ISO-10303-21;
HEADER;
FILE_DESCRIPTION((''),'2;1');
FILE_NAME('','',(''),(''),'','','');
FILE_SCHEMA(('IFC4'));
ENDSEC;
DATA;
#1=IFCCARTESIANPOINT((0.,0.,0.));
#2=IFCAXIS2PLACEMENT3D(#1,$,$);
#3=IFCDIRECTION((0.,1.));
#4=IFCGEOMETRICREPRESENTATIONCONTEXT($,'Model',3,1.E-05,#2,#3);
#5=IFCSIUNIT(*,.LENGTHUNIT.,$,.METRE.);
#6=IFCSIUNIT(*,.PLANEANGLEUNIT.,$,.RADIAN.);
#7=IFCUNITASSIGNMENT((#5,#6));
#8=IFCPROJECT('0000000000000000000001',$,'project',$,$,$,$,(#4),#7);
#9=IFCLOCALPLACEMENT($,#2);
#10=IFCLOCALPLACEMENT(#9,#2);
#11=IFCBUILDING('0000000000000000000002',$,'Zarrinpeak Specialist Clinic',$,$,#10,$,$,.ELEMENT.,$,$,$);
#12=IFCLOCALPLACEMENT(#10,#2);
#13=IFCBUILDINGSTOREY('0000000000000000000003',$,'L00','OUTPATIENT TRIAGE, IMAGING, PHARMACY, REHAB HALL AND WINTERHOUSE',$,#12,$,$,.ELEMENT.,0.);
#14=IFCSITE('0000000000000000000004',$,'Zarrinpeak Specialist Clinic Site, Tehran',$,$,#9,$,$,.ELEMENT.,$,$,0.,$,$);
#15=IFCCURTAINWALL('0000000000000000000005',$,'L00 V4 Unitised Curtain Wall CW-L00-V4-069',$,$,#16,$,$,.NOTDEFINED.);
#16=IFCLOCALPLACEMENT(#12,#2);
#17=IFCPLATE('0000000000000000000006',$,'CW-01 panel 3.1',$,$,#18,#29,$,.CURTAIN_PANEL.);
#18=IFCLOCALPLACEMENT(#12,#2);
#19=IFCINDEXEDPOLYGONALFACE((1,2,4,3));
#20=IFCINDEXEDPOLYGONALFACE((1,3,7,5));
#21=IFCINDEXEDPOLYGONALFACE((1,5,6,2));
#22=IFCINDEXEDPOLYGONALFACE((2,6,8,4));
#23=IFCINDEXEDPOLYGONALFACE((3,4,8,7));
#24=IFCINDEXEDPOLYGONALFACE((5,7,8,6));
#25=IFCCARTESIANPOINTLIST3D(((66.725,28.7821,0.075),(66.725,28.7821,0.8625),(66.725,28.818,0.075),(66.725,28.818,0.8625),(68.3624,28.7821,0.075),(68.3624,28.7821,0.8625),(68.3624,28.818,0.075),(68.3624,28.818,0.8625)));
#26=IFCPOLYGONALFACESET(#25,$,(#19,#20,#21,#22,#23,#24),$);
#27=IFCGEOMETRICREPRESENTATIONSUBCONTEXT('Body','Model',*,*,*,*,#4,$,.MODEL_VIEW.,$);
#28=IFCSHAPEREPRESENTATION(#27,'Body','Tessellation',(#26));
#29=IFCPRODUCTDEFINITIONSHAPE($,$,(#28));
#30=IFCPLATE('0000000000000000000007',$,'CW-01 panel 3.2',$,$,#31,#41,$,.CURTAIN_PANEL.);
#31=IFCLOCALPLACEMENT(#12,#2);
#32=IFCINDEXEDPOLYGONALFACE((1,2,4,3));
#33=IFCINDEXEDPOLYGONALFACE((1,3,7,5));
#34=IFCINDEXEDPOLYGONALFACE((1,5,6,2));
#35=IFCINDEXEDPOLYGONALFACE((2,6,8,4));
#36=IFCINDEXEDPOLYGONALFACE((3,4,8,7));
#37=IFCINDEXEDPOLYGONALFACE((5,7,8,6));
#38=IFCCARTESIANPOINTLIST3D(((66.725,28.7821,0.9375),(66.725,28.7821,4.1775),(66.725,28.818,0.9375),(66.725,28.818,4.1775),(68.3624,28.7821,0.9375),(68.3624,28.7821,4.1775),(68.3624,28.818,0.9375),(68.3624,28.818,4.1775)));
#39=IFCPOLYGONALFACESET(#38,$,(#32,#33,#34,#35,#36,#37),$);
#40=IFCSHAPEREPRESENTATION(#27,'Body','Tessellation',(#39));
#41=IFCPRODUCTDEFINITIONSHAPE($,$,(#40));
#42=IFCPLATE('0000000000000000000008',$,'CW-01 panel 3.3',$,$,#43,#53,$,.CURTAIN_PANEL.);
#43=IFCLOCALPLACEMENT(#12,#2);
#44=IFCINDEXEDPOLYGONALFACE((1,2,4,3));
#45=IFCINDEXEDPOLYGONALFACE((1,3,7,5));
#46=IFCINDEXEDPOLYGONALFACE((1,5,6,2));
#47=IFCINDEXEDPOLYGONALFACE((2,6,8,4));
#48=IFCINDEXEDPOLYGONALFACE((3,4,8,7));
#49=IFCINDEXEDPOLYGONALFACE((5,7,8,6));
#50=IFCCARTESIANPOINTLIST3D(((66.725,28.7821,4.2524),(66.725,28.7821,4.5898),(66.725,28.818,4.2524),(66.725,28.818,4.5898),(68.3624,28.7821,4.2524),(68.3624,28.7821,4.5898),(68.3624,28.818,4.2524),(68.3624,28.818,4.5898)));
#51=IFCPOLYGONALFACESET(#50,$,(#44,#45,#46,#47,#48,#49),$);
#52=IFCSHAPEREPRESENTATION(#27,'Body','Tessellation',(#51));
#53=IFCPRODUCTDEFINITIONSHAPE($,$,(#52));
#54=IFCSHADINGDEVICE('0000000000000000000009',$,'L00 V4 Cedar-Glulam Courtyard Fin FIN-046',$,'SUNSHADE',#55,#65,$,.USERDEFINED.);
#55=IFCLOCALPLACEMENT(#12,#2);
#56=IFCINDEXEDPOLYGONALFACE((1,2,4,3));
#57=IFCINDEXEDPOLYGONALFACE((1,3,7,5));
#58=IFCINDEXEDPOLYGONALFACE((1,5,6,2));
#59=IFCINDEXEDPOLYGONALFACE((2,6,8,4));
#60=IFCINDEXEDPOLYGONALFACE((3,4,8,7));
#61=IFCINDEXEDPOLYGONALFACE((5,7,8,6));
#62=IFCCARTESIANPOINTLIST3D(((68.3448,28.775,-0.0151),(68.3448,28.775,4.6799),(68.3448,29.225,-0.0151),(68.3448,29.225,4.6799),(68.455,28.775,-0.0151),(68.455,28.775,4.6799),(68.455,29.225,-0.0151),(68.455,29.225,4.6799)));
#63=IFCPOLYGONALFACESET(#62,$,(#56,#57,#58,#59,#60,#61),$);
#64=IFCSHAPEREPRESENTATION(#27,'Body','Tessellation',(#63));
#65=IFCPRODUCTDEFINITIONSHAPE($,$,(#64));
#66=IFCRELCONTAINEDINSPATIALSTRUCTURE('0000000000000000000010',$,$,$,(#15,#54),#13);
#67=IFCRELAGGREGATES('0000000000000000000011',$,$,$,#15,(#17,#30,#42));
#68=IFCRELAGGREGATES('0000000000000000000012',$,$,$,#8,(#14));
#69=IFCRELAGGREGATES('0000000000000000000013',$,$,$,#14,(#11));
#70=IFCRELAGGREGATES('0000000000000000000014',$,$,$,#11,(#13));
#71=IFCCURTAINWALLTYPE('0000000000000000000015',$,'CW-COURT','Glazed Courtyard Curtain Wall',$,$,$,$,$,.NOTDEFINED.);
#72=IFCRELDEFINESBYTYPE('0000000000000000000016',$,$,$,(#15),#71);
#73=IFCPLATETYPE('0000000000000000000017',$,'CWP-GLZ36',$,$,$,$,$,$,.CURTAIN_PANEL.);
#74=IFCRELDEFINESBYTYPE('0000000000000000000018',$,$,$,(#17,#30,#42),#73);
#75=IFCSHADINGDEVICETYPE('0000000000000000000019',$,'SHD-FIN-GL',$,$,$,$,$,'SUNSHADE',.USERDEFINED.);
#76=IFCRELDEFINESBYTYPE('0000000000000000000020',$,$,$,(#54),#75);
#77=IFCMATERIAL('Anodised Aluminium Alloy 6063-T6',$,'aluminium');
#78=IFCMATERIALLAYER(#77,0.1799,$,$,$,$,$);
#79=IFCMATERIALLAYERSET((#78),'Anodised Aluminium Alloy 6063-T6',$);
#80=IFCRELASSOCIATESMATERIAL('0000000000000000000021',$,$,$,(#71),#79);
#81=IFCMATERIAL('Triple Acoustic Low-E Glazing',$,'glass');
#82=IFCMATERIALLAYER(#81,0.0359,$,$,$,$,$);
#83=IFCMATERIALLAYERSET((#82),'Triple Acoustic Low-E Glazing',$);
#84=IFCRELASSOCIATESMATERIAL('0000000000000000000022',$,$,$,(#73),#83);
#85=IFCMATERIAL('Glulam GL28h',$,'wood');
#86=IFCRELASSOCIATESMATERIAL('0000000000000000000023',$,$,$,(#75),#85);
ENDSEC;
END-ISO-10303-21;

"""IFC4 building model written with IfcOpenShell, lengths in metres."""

from ifc_helpers import new_model, si_unit, direction, frame, origin, origin_2d, place, context, subcontext, project, spatial, rectangle, extrude, material, layer, layer_set, type_object, element, aggregate, save


model = new_model("IFC4")

# Units and contexts
model_context = context("Model", 3, precision=1e-05, world=origin(), true_north=direction((0.0, 1.0)))
body_context = subcontext(model_context, "Body", "Model", "MODEL_VIEW")
ifc_project = project(units=[si_unit("LENGTHUNIT", "METRE"), si_unit("PLANEANGLEUNIT", "RADIAN")], contexts=[model_context])

# Site, building, storey
site_placement = place(None, origin())
site = spatial("IfcSite", under=ifc_project, at=site_placement, Name="Zarrinpeak Specialist Clinic Site, Tehran", CompositionType="ELEMENT", RefElevation=0.0)
building_placement = place(site_placement, origin())
building = spatial("IfcBuilding", under=site, at=building_placement, Name="Zarrinpeak Specialist Clinic", CompositionType="ELEMENT")
storey_placement = place(building_placement, origin())
storey = spatial("IfcBuildingStorey", under=building, at=storey_placement, Name="L00", Description="OUTPATIENT TRIAGE, IMAGING, PHARMACY, REHAB HALL AND WINTERHOUSE", CompositionType="ELEMENT", Elevation=0.0)

# Curtain wall, plates
ifc_material_1 = material(Name="Anodised Aluminium Alloy 6063-T6", Category="aluminium")
ifc_layer_1 = layer(ifc_material_1, 0.1799)
ifc_layer_set_1 = layer_set([ifc_layer_1], Name="Anodised Aluminium Alloy 6063-T6")
curtain_wall_type = type_object("IfcCurtainWallType", Name="CW-COURT", Description="Glazed Courtyard Curtain Wall", PredefinedType="NOTDEFINED", material=ifc_layer_set_1)
curtain_wall_placement = place(storey_placement, origin())
curtain_wall = element("IfcCurtainWall", 1, at=curtain_wall_placement, inside=storey, type_object=curtain_wall_type, Name="L00 V4 Unitised Curtain Wall CW-L00-V4-069", PredefinedType="NOTDEFINED")
ifc_material_2 = material(Name="Triple Acoustic Low-E Glazing", Category="glass")
ifc_layer_2 = layer(ifc_material_2, 0.0359)
ifc_layer_set_2 = layer_set([ifc_layer_2], Name="Triple Acoustic Low-E Glazing")
plate_type = type_object("IfcPlateType", Name="CWP-GLZ36", PredefinedType="CURTAIN_PANEL", material=ifc_layer_set_2)
plate_1_placement = place(storey_placement, frame((67.5437, 28.8, 0.075), z_axis=(0.0, 0.0, 1.0), x_axis=(-1.0, 0.0, 0.0)))
plate_1 = element("IfcPlate", 2, at=plate_1_placement, type_object=plate_type, Name="CW-01 panel 3.1", PredefinedType="CURTAIN_PANEL", context=body_context, shape_type="SweptSolid", body=[
    extrude(rectangle(XDim=1.6375, YDim=0.0359, at=origin_2d()), origin(), (0.0, 0.0, 1.0), 0.7876),
])
plate_2_placement = place(storey_placement, frame((67.5437, 28.8, 0.9375), z_axis=(0.0, 0.0, 1.0), x_axis=(-1.0, 0.0, 0.0)))
plate_2 = element("IfcPlate", 3, at=plate_2_placement, type_object=plate_type, Name="CW-01 panel 3.2", PredefinedType="CURTAIN_PANEL", context=body_context, shape_type="SweptSolid", body=[
    extrude(rectangle(XDim=1.6375, YDim=0.0359, at=origin_2d()), origin(), (0.0, 0.0, 1.0), 3.24),
])
plate_3_placement = place(storey_placement, frame((67.5437, 28.8, 4.2524), z_axis=(0.0, 0.0, 1.0), x_axis=(-1.0, 0.0, 0.0)))
plate_3 = element("IfcPlate", 4, at=plate_3_placement, type_object=plate_type, Name="CW-01 panel 3.3", PredefinedType="CURTAIN_PANEL", context=body_context, shape_type="SweptSolid", body=[
    extrude(rectangle(XDim=1.6375, YDim=0.0359, at=origin_2d()), origin(), (0.0, 0.0, 1.0), 0.3374),
])
aggregate(curtain_wall, [plate_1, plate_2, plate_3])

# Shading device
ifc_material_3 = material(Name="Glulam GL28h", Category="wood")
shading_device_type = type_object("IfcShadingDeviceType", Name="SHD-FIN-GL", ElementType="SUNSHADE", PredefinedType="USERDEFINED", material=ifc_material_3)
shading_device_placement = place(storey_placement, frame((68.3999, 29.0, -0.0151), z_axis=(0.0, 0.0, 1.0), x_axis=(1.0, 0.0, 0.0)))
element("IfcShadingDevice", 5, at=shading_device_placement, inside=storey, type_object=shading_device_type, Name="L00 V4 Cedar-Glulam Courtyard Fin FIN-046", ObjectType="SUNSHADE", PredefinedType="USERDEFINED", context=body_context, shape_type="SweptSolid", body=[
    extrude(rectangle(XDim=0.1101, YDim=0.45, at=origin_2d()), origin(), (0.0, 0.0, 1.0), 4.6951),
])

save(model, "model.ifc")
